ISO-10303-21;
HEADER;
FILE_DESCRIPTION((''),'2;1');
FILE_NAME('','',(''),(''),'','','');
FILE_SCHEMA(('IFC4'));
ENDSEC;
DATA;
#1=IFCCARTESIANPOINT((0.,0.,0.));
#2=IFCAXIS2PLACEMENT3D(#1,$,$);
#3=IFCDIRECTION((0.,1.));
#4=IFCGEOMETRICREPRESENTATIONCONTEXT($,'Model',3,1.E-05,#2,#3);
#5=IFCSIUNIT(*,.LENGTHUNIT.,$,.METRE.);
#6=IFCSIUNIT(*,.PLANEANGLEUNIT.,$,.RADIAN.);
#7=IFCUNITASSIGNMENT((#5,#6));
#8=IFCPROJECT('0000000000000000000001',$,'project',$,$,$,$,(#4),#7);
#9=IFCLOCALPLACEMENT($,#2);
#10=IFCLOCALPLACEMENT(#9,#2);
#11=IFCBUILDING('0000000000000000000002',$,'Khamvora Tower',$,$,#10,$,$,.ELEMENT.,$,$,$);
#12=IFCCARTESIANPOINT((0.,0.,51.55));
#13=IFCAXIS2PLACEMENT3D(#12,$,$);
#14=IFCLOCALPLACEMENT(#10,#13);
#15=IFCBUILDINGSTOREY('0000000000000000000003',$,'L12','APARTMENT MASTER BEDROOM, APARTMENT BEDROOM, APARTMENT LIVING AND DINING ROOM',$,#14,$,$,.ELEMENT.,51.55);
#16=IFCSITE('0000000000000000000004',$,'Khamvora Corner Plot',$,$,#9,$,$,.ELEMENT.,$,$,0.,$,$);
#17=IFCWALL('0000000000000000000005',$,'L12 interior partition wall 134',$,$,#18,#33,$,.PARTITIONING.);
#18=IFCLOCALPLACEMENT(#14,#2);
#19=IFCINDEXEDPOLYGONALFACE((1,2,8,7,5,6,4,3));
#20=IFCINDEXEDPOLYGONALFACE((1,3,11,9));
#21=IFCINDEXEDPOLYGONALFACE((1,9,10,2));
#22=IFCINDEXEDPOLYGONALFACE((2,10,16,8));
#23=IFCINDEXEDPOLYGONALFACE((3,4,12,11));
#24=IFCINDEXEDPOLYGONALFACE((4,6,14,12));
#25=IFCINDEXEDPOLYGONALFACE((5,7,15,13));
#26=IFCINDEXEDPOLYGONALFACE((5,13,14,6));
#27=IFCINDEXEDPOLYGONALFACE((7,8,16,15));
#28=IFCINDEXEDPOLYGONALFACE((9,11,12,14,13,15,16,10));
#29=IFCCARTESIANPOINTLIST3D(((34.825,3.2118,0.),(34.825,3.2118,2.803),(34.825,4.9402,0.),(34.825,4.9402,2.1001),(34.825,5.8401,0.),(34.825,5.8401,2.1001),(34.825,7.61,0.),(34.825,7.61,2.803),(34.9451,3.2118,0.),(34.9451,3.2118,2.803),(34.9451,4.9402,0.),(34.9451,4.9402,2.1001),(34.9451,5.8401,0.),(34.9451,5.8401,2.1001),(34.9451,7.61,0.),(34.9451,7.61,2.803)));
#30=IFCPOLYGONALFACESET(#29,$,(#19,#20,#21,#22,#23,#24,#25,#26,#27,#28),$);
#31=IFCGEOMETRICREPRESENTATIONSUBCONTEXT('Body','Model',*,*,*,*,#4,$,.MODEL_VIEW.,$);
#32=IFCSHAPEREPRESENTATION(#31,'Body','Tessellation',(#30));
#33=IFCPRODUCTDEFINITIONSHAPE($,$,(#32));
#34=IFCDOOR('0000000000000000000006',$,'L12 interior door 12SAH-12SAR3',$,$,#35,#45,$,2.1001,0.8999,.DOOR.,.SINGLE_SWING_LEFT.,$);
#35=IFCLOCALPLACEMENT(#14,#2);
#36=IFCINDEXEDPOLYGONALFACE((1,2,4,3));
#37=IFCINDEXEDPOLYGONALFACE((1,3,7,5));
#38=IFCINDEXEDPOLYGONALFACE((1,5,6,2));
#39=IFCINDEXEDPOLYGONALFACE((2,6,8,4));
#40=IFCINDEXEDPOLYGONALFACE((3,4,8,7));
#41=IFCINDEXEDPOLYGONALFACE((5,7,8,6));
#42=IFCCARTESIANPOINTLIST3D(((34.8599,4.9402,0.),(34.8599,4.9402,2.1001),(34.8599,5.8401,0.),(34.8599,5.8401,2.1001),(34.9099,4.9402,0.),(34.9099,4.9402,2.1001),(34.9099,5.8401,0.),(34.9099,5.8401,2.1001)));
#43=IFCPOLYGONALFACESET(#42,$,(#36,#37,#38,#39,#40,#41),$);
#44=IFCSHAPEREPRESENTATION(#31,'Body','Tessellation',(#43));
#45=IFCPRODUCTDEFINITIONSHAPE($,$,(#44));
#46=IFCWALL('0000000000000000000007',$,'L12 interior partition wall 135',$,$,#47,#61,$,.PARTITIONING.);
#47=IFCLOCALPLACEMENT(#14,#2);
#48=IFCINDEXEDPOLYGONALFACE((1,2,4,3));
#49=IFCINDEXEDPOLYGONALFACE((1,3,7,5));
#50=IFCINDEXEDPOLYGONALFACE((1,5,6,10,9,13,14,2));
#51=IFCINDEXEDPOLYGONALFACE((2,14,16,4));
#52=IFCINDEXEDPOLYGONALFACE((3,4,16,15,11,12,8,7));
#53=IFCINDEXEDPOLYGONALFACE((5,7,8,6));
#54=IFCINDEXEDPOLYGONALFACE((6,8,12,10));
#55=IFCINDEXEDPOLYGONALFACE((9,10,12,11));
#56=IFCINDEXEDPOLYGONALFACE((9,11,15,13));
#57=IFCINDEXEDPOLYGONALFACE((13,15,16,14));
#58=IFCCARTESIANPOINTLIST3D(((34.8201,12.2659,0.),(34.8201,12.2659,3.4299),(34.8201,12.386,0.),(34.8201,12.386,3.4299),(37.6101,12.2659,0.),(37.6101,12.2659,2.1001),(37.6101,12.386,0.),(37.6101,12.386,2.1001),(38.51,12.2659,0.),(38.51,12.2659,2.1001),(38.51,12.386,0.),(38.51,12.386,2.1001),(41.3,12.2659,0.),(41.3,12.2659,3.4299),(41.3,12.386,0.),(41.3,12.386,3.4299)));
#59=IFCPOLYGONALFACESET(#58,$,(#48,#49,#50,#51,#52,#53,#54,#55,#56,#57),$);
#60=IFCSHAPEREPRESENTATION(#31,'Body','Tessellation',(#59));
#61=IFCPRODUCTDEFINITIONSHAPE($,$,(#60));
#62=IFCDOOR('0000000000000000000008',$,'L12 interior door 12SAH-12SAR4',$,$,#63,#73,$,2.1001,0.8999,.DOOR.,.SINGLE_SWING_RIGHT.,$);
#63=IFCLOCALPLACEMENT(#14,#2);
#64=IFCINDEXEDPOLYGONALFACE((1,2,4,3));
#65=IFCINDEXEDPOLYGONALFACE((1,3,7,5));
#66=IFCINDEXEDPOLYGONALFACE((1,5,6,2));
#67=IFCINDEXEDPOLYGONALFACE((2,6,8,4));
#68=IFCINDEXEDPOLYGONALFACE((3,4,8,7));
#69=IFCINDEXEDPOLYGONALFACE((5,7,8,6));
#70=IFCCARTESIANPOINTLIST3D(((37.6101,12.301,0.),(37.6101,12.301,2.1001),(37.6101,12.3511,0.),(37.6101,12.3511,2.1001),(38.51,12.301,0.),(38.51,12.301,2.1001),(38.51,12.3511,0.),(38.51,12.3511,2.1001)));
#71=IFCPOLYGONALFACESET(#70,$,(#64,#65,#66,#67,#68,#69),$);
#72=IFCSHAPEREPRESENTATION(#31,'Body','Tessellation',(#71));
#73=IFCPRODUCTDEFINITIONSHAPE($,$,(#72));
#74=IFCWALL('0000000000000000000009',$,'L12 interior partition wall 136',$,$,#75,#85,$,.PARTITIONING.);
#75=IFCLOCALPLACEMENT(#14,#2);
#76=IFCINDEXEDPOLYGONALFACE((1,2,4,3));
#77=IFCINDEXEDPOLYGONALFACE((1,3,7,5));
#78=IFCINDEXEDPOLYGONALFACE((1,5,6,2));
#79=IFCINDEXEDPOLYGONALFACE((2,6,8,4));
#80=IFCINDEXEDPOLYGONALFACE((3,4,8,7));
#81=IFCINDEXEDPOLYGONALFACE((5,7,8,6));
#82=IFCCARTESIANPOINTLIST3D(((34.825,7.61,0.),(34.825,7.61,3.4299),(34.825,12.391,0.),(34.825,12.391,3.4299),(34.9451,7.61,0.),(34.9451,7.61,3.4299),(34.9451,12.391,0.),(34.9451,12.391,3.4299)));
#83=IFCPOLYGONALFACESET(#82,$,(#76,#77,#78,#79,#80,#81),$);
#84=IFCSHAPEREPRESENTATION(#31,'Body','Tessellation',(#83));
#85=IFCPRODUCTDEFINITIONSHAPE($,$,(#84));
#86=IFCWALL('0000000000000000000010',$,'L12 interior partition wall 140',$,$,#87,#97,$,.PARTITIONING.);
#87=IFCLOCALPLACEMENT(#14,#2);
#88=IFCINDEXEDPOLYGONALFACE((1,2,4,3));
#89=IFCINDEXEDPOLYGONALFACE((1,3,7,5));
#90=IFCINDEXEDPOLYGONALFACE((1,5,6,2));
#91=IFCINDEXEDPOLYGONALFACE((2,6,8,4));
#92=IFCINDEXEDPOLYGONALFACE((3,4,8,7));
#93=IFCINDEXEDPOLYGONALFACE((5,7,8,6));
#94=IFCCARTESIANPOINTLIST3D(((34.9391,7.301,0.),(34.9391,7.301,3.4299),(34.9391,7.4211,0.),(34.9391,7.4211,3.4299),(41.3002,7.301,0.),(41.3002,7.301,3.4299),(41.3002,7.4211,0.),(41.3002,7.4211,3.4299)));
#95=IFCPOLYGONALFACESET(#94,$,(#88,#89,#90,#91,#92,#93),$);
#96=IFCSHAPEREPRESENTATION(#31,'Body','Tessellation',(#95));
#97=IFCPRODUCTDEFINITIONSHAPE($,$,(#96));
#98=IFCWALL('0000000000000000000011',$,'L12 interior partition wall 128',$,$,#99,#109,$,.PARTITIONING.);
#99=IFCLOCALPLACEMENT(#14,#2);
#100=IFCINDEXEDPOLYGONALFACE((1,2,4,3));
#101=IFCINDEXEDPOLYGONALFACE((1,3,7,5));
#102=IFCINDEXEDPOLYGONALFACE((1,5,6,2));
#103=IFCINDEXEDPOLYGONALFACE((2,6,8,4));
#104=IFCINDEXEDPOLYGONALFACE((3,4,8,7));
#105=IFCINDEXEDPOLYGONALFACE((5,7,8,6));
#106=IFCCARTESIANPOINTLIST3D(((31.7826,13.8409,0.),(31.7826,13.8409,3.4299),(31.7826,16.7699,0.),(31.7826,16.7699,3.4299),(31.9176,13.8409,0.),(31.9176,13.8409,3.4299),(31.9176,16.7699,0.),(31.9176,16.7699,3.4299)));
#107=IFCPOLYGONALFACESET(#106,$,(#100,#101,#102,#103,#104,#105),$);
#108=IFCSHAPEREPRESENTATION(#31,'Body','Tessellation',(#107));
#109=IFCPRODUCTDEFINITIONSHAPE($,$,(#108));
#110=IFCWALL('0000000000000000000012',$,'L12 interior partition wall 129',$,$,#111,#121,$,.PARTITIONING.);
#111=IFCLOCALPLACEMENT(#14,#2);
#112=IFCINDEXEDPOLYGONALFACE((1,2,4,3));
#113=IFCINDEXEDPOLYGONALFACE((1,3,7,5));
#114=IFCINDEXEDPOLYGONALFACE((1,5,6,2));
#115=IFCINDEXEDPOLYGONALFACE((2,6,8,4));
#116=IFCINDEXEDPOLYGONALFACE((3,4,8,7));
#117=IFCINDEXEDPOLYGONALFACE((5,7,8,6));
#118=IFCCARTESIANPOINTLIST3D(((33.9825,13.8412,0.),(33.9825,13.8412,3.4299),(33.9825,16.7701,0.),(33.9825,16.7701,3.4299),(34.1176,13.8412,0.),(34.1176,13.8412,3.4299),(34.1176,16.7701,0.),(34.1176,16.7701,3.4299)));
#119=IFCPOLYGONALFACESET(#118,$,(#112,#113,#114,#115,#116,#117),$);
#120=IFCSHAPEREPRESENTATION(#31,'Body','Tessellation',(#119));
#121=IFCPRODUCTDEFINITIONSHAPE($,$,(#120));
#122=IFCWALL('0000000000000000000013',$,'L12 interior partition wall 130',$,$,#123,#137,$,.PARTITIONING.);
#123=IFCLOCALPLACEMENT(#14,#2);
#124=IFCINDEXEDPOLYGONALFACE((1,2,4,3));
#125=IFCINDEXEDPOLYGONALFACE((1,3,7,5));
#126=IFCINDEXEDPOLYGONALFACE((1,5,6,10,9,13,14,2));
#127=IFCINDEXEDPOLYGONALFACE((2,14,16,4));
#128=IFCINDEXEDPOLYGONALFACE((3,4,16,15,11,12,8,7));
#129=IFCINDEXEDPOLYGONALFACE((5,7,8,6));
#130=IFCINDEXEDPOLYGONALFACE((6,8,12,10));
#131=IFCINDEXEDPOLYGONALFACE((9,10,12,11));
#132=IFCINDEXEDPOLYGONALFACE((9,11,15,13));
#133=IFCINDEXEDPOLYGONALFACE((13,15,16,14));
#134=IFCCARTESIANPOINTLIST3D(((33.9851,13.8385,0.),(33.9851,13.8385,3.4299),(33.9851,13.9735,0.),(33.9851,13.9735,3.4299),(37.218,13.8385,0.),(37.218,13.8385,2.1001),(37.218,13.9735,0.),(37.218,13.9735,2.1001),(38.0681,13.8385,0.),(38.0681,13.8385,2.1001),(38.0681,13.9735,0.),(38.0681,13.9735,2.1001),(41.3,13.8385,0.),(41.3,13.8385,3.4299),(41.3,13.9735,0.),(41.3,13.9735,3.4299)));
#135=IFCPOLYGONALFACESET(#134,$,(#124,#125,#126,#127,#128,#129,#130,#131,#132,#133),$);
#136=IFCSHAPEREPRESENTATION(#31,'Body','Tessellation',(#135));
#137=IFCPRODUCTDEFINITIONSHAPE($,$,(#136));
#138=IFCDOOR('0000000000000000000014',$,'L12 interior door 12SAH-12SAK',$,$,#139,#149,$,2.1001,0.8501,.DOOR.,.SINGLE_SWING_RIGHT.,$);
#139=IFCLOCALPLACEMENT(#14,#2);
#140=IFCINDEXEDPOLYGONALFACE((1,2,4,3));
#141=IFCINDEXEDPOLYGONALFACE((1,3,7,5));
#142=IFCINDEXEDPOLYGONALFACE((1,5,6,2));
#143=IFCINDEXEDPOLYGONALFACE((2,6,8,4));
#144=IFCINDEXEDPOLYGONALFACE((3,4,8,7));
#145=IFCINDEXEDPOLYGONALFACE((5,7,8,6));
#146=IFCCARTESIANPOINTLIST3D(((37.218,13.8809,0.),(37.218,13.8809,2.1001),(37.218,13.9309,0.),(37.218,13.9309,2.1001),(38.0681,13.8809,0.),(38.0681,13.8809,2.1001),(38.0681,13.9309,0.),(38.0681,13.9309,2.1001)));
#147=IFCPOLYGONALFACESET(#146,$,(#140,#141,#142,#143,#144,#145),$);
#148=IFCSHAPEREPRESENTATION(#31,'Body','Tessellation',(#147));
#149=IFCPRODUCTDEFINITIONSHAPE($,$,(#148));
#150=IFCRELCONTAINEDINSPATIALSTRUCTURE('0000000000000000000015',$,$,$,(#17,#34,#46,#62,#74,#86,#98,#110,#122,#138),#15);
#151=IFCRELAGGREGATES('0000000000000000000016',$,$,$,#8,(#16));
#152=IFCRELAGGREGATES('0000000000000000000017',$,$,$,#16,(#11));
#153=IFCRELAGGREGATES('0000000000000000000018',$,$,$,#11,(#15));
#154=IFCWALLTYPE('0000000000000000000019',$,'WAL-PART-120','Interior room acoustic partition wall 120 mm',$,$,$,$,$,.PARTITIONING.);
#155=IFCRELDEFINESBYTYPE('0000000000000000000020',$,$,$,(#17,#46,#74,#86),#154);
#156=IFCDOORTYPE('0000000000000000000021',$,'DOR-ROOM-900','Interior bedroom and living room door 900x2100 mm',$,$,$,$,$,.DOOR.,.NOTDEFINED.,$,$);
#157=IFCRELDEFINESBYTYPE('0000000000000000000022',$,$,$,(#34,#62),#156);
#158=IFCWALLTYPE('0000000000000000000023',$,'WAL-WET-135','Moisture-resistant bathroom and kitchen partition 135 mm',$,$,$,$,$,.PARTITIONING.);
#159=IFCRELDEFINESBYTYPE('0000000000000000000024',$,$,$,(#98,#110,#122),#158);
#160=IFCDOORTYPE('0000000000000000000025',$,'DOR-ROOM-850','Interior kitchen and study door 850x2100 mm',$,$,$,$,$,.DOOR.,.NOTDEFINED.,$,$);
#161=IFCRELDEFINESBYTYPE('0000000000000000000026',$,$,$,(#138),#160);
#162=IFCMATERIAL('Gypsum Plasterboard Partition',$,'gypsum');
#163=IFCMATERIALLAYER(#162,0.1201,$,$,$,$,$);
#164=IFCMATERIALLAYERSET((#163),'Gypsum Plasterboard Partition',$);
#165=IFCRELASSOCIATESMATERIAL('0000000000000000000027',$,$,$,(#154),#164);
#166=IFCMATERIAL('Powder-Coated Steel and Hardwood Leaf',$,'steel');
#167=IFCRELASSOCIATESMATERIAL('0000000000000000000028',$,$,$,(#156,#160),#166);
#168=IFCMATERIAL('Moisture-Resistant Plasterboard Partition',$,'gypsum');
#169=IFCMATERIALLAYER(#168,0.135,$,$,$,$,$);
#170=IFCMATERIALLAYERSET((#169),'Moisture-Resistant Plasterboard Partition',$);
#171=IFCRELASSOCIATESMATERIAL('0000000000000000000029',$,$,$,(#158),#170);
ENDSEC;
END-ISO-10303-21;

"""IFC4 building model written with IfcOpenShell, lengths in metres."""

from ifc_helpers import new_model, si_unit, direction, frame, frame_2d, origin, place, context, subcontext, project, spatial, rectangle, extrude, material, layer, layer_set, type_object, element, fill, save


model = new_model("IFC4")

# Units and contexts
model_context = context("Model", 3, precision=1e-05, world=origin(), true_north=direction((0.0, 1.0)))
body_context = subcontext(model_context, "Body", "Model", "MODEL_VIEW")
ifc_project = project(units=[si_unit("LENGTHUNIT", "METRE"), si_unit("PLANEANGLEUNIT", "RADIAN")], contexts=[model_context])

# Site, building, storey
site_placement = place(None, origin())
site = spatial("IfcSite", under=ifc_project, at=site_placement, Name="Khamvora Corner Plot", CompositionType="ELEMENT", RefElevation=0.0)
building_placement = place(site_placement, origin())
building = spatial("IfcBuilding", under=site, at=building_placement, Name="Khamvora Tower", CompositionType="ELEMENT")
storey_placement = place(building_placement, frame((0.0, 0.0, 51.55)))
storey = spatial("IfcBuildingStorey", under=building, at=storey_placement, Name="L12", Description="APARTMENT MASTER BEDROOM, APARTMENT BEDROOM, APARTMENT LIVING AND DINING ROOM", CompositionType="ELEMENT", Elevation=51.55)

# Shared definitions
ifc_material_1 = material(Name="Powder-Coated Steel and Hardwood Leaf", Category="steel")

# Shared definitions
ifc_material_2 = material(Name="Gypsum Plasterboard Partition", Category="gypsum")
ifc_layer_1 = layer(ifc_material_2, 0.1201)
ifc_layer_set_1 = layer_set([ifc_layer_1], Name="Gypsum Plasterboard Partition")
wall_type_1 = type_object("IfcWallType", Name="WAL-PART-120", Description="Interior room acoustic partition wall 120 mm", PredefinedType="PARTITIONING", material=ifc_layer_set_1)
door_type_1 = type_object("IfcDoorType", Name="DOR-ROOM-900", Description="Interior bedroom and living room door 900x2100 mm", OperationType="NOTDEFINED", PredefinedType="DOOR", material=ifc_material_1)

# Walls, openings, doors
wall_1_placement = place(storey_placement, frame((34.885, 7.6101, 0.0), z_axis=(0.0, 0.0, 1.0), x_axis=(0.0, -1.0, 0.0)))
wall_1 = element("IfcWall", 1, at=wall_1_placement, inside=storey, type_object=wall_type_1, Name="L12 interior partition wall 134", PredefinedType="PARTITIONING", context=body_context, shape_type="SweptSolid", body=[
    extrude(rectangle(XDim=4.3982, YDim=0.1201, at=frame_2d((2.1992, 0.0))), origin(), (0.0, 0.0, 1.0), 2.803),
])
opening_1_placement = place(wall_1_placement, frame((1.77, 0.0, 0.0)))
opening_1 = element("IfcOpeningElement", 2, at=opening_1_placement, cuts=wall_1, PredefinedType="OPENING", context=body_context, shape_type="SweptSolid", body=[
    extrude(rectangle(XDim=0.8999, YDim=2.1001, at=frame_2d((0.45, 1.05))), frame((0.0, 0.0701, 0.0), z_axis=(0.0, -1.0, 0.0), x_axis=(1.0, 0.0, 0.0)), (0.0, 0.0, 1.0), 0.1401),
])
door_1_placement = place(opening_1_placement, origin())
door_1 = element("IfcDoor", 3, at=door_1_placement, inside=storey, type_object=door_type_1, Name="L12 interior door 12SAH-12SAR3", OperationType="SINGLE_SWING_LEFT", OverallHeight=2.1001, OverallWidth=0.8999, PredefinedType="DOOR", context=body_context, shape_type="SweptSolid", body=[
    extrude(rectangle(XDim=0.8999, YDim=2.1001, at=frame_2d((0.45, 1.05))), frame((0.0, 0.0249, 0.0), z_axis=(0.0, -1.0, 0.0), x_axis=(1.0, 0.0, 0.0)), (0.0, 0.0, 1.0), 0.05),
])
fill(opening_1, door_1)
wall_2_placement = place(storey_placement, frame((41.3, 12.3259, 0.0), z_axis=(0.0, 0.0, 1.0), x_axis=(-1.0, 0.0, 0.0)))
wall_2 = element("IfcWall", 4, at=wall_2_placement, inside=storey, type_object=wall_type_1, Name="L12 interior partition wall 135", PredefinedType="PARTITIONING", context=body_context, shape_type="SweptSolid", body=[
    extrude(rectangle(XDim=6.48, YDim=0.1201, at=frame_2d((3.24, 0.0))), origin(), (0.0, 0.0, 1.0), 3.4299),
])
opening_2_placement = place(wall_2_placement, frame((2.79, 0.0, 0.0)))
opening_2 = element("IfcOpeningElement", 5, at=opening_2_placement, cuts=wall_2, PredefinedType="OPENING", context=body_context, shape_type="SweptSolid", body=[
    extrude(rectangle(XDim=0.8999, YDim=2.1001, at=frame_2d((0.45, 1.05))), frame((0.0, 0.0701, 0.0), z_axis=(0.0, -1.0, 0.0), x_axis=(1.0, 0.0, 0.0)), (0.0, 0.0, 1.0), 0.1401),
])
door_2_placement = place(opening_2_placement, origin())
door_2 = element("IfcDoor", 6, at=door_2_placement, inside=storey, type_object=door_type_1, Name="L12 interior door 12SAH-12SAR4", OperationType="SINGLE_SWING_RIGHT", OverallHeight=2.1001, OverallWidth=0.8999, PredefinedType="DOOR", context=body_context, shape_type="SweptSolid", body=[
    extrude(rectangle(XDim=0.8999, YDim=2.1001, at=frame_2d((0.45, 1.05))), frame((0.0, 0.0249, 0.0), z_axis=(0.0, -1.0, 0.0), x_axis=(1.0, 0.0, 0.0)), (0.0, 0.0, 1.0), 0.05),
])
fill(opening_2, door_2)

# Walls
wall_3_placement = place(storey_placement, frame((34.885, 12.3911, 0.0), z_axis=(0.0, 0.0, 1.0), x_axis=(0.0, -1.0, 0.0)))
element("IfcWall", 7, at=wall_3_placement, inside=storey, type_object=wall_type_1, Name="L12 interior partition wall 136", PredefinedType="PARTITIONING", context=body_context, shape_type="SweptSolid", body=[
    extrude(rectangle(XDim=4.781, YDim=0.1201, at=frame_2d((2.3906, 0.0))), origin(), (0.0, 0.0, 1.0), 3.4299),
])
wall_4_placement = place(storey_placement, frame((34.939, 7.3611, 0.0), z_axis=(0.0, 0.0, 1.0), x_axis=(1.0, 0.0, 0.0)))
element("IfcWall", 8, at=wall_4_placement, inside=storey, type_object=wall_type_1, Name="L12 interior partition wall 140", PredefinedType="PARTITIONING", context=body_context, shape_type="SweptSolid", body=[
    extrude(rectangle(XDim=6.3611, YDim=0.1201, at=frame_2d((3.1807, 0.0))), origin(), (0.0, 0.0, 1.0), 3.4299),
])
ifc_material_3 = material(Name="Moisture-Resistant Plasterboard Partition", Category="gypsum")
ifc_layer_2 = layer(ifc_material_3, 0.135)
ifc_layer_set_2 = layer_set([ifc_layer_2], Name="Moisture-Resistant Plasterboard Partition")
wall_type_2 = type_object("IfcWallType", Name="WAL-WET-135", Description="Moisture-resistant bathroom and kitchen partition 135 mm", PredefinedType="PARTITIONING", material=ifc_layer_set_2)
for number, where, z_axis, x_axis, name in (
    (9, (31.8501, 13.8411, 0.0), (0.0, 0.0, 1.0), (0.0, 1.0, 0.0), "L12 interior partition wall 128"),
    (10, (34.05, 16.77, 0.0), (0.0, 0.0, 1.0), (0.0, -1.0, 0.0), "L12 interior partition wall 129"),
):
    element("IfcWall", number, at=place(storey_placement, frame(where, z_axis=z_axis, x_axis=x_axis)), inside=storey, type_object=wall_type_2, Name=name, PredefinedType="PARTITIONING", context=body_context, shape_type="SweptSolid", body=[
        extrude(rectangle(XDim=2.929, YDim=0.135, at=frame_2d((1.4644, 0.0))), origin(), (0.0, 0.0, 1.0), 3.4299),
    ])

# Wall, opening, door
wall_5_placement = place(storey_placement, frame((33.9851, 13.906, 0.0), z_axis=(0.0, 0.0, 1.0), x_axis=(1.0, 0.0, 0.0)))
wall_5 = element("IfcWall", 11, at=wall_5_placement, inside=storey, type_object=wall_type_2, Name="L12 interior partition wall 130", PredefinedType="PARTITIONING", context=body_context, shape_type="SweptSolid", body=[
    extrude(rectangle(XDim=7.3149, YDim=0.135, at=frame_2d((3.6575, 0.0))), origin(), (0.0, 0.0, 1.0), 3.4299),
])
opening_3_placement = place(wall_5_placement, frame((3.2329, 0.0, 0.0)))
opening_3 = element("IfcOpeningElement", 12, at=opening_3_placement, cuts=wall_5, PredefinedType="OPENING", context=body_context, shape_type="SweptSolid", body=[
    extrude(rectangle(XDim=0.8501, YDim=2.1001, at=frame_2d((0.425, 1.05))), frame((0.0, 0.0774, 0.0), z_axis=(0.0, -1.0, 0.0), x_axis=(1.0, 0.0, 0.0)), (0.0, 0.0, 1.0), 0.155),
])
door_type_2 = type_object("IfcDoorType", Name="DOR-ROOM-850", Description="Interior kitchen and study door 850x2100 mm", OperationType="NOTDEFINED", PredefinedType="DOOR", material=ifc_material_1)
door_3_placement = place(opening_3_placement, origin())
door_3 = element("IfcDoor", 13, at=door_3_placement, inside=storey, type_object=door_type_2, Name="L12 interior door 12SAH-12SAK", OperationType="SINGLE_SWING_RIGHT", OverallHeight=2.1001, OverallWidth=0.8501, PredefinedType="DOOR", context=body_context, shape_type="SweptSolid", body=[
    extrude(rectangle(XDim=0.8501, YDim=2.1001, at=frame_2d((0.425, 1.05))), frame((0.0, 0.0249, 0.0), z_axis=(0.0, -1.0, 0.0), x_axis=(1.0, 0.0, 0.0)), (0.0, 0.0, 1.0), 0.05),
])
fill(opening_3, door_3)

save(model, "model.ifc")
